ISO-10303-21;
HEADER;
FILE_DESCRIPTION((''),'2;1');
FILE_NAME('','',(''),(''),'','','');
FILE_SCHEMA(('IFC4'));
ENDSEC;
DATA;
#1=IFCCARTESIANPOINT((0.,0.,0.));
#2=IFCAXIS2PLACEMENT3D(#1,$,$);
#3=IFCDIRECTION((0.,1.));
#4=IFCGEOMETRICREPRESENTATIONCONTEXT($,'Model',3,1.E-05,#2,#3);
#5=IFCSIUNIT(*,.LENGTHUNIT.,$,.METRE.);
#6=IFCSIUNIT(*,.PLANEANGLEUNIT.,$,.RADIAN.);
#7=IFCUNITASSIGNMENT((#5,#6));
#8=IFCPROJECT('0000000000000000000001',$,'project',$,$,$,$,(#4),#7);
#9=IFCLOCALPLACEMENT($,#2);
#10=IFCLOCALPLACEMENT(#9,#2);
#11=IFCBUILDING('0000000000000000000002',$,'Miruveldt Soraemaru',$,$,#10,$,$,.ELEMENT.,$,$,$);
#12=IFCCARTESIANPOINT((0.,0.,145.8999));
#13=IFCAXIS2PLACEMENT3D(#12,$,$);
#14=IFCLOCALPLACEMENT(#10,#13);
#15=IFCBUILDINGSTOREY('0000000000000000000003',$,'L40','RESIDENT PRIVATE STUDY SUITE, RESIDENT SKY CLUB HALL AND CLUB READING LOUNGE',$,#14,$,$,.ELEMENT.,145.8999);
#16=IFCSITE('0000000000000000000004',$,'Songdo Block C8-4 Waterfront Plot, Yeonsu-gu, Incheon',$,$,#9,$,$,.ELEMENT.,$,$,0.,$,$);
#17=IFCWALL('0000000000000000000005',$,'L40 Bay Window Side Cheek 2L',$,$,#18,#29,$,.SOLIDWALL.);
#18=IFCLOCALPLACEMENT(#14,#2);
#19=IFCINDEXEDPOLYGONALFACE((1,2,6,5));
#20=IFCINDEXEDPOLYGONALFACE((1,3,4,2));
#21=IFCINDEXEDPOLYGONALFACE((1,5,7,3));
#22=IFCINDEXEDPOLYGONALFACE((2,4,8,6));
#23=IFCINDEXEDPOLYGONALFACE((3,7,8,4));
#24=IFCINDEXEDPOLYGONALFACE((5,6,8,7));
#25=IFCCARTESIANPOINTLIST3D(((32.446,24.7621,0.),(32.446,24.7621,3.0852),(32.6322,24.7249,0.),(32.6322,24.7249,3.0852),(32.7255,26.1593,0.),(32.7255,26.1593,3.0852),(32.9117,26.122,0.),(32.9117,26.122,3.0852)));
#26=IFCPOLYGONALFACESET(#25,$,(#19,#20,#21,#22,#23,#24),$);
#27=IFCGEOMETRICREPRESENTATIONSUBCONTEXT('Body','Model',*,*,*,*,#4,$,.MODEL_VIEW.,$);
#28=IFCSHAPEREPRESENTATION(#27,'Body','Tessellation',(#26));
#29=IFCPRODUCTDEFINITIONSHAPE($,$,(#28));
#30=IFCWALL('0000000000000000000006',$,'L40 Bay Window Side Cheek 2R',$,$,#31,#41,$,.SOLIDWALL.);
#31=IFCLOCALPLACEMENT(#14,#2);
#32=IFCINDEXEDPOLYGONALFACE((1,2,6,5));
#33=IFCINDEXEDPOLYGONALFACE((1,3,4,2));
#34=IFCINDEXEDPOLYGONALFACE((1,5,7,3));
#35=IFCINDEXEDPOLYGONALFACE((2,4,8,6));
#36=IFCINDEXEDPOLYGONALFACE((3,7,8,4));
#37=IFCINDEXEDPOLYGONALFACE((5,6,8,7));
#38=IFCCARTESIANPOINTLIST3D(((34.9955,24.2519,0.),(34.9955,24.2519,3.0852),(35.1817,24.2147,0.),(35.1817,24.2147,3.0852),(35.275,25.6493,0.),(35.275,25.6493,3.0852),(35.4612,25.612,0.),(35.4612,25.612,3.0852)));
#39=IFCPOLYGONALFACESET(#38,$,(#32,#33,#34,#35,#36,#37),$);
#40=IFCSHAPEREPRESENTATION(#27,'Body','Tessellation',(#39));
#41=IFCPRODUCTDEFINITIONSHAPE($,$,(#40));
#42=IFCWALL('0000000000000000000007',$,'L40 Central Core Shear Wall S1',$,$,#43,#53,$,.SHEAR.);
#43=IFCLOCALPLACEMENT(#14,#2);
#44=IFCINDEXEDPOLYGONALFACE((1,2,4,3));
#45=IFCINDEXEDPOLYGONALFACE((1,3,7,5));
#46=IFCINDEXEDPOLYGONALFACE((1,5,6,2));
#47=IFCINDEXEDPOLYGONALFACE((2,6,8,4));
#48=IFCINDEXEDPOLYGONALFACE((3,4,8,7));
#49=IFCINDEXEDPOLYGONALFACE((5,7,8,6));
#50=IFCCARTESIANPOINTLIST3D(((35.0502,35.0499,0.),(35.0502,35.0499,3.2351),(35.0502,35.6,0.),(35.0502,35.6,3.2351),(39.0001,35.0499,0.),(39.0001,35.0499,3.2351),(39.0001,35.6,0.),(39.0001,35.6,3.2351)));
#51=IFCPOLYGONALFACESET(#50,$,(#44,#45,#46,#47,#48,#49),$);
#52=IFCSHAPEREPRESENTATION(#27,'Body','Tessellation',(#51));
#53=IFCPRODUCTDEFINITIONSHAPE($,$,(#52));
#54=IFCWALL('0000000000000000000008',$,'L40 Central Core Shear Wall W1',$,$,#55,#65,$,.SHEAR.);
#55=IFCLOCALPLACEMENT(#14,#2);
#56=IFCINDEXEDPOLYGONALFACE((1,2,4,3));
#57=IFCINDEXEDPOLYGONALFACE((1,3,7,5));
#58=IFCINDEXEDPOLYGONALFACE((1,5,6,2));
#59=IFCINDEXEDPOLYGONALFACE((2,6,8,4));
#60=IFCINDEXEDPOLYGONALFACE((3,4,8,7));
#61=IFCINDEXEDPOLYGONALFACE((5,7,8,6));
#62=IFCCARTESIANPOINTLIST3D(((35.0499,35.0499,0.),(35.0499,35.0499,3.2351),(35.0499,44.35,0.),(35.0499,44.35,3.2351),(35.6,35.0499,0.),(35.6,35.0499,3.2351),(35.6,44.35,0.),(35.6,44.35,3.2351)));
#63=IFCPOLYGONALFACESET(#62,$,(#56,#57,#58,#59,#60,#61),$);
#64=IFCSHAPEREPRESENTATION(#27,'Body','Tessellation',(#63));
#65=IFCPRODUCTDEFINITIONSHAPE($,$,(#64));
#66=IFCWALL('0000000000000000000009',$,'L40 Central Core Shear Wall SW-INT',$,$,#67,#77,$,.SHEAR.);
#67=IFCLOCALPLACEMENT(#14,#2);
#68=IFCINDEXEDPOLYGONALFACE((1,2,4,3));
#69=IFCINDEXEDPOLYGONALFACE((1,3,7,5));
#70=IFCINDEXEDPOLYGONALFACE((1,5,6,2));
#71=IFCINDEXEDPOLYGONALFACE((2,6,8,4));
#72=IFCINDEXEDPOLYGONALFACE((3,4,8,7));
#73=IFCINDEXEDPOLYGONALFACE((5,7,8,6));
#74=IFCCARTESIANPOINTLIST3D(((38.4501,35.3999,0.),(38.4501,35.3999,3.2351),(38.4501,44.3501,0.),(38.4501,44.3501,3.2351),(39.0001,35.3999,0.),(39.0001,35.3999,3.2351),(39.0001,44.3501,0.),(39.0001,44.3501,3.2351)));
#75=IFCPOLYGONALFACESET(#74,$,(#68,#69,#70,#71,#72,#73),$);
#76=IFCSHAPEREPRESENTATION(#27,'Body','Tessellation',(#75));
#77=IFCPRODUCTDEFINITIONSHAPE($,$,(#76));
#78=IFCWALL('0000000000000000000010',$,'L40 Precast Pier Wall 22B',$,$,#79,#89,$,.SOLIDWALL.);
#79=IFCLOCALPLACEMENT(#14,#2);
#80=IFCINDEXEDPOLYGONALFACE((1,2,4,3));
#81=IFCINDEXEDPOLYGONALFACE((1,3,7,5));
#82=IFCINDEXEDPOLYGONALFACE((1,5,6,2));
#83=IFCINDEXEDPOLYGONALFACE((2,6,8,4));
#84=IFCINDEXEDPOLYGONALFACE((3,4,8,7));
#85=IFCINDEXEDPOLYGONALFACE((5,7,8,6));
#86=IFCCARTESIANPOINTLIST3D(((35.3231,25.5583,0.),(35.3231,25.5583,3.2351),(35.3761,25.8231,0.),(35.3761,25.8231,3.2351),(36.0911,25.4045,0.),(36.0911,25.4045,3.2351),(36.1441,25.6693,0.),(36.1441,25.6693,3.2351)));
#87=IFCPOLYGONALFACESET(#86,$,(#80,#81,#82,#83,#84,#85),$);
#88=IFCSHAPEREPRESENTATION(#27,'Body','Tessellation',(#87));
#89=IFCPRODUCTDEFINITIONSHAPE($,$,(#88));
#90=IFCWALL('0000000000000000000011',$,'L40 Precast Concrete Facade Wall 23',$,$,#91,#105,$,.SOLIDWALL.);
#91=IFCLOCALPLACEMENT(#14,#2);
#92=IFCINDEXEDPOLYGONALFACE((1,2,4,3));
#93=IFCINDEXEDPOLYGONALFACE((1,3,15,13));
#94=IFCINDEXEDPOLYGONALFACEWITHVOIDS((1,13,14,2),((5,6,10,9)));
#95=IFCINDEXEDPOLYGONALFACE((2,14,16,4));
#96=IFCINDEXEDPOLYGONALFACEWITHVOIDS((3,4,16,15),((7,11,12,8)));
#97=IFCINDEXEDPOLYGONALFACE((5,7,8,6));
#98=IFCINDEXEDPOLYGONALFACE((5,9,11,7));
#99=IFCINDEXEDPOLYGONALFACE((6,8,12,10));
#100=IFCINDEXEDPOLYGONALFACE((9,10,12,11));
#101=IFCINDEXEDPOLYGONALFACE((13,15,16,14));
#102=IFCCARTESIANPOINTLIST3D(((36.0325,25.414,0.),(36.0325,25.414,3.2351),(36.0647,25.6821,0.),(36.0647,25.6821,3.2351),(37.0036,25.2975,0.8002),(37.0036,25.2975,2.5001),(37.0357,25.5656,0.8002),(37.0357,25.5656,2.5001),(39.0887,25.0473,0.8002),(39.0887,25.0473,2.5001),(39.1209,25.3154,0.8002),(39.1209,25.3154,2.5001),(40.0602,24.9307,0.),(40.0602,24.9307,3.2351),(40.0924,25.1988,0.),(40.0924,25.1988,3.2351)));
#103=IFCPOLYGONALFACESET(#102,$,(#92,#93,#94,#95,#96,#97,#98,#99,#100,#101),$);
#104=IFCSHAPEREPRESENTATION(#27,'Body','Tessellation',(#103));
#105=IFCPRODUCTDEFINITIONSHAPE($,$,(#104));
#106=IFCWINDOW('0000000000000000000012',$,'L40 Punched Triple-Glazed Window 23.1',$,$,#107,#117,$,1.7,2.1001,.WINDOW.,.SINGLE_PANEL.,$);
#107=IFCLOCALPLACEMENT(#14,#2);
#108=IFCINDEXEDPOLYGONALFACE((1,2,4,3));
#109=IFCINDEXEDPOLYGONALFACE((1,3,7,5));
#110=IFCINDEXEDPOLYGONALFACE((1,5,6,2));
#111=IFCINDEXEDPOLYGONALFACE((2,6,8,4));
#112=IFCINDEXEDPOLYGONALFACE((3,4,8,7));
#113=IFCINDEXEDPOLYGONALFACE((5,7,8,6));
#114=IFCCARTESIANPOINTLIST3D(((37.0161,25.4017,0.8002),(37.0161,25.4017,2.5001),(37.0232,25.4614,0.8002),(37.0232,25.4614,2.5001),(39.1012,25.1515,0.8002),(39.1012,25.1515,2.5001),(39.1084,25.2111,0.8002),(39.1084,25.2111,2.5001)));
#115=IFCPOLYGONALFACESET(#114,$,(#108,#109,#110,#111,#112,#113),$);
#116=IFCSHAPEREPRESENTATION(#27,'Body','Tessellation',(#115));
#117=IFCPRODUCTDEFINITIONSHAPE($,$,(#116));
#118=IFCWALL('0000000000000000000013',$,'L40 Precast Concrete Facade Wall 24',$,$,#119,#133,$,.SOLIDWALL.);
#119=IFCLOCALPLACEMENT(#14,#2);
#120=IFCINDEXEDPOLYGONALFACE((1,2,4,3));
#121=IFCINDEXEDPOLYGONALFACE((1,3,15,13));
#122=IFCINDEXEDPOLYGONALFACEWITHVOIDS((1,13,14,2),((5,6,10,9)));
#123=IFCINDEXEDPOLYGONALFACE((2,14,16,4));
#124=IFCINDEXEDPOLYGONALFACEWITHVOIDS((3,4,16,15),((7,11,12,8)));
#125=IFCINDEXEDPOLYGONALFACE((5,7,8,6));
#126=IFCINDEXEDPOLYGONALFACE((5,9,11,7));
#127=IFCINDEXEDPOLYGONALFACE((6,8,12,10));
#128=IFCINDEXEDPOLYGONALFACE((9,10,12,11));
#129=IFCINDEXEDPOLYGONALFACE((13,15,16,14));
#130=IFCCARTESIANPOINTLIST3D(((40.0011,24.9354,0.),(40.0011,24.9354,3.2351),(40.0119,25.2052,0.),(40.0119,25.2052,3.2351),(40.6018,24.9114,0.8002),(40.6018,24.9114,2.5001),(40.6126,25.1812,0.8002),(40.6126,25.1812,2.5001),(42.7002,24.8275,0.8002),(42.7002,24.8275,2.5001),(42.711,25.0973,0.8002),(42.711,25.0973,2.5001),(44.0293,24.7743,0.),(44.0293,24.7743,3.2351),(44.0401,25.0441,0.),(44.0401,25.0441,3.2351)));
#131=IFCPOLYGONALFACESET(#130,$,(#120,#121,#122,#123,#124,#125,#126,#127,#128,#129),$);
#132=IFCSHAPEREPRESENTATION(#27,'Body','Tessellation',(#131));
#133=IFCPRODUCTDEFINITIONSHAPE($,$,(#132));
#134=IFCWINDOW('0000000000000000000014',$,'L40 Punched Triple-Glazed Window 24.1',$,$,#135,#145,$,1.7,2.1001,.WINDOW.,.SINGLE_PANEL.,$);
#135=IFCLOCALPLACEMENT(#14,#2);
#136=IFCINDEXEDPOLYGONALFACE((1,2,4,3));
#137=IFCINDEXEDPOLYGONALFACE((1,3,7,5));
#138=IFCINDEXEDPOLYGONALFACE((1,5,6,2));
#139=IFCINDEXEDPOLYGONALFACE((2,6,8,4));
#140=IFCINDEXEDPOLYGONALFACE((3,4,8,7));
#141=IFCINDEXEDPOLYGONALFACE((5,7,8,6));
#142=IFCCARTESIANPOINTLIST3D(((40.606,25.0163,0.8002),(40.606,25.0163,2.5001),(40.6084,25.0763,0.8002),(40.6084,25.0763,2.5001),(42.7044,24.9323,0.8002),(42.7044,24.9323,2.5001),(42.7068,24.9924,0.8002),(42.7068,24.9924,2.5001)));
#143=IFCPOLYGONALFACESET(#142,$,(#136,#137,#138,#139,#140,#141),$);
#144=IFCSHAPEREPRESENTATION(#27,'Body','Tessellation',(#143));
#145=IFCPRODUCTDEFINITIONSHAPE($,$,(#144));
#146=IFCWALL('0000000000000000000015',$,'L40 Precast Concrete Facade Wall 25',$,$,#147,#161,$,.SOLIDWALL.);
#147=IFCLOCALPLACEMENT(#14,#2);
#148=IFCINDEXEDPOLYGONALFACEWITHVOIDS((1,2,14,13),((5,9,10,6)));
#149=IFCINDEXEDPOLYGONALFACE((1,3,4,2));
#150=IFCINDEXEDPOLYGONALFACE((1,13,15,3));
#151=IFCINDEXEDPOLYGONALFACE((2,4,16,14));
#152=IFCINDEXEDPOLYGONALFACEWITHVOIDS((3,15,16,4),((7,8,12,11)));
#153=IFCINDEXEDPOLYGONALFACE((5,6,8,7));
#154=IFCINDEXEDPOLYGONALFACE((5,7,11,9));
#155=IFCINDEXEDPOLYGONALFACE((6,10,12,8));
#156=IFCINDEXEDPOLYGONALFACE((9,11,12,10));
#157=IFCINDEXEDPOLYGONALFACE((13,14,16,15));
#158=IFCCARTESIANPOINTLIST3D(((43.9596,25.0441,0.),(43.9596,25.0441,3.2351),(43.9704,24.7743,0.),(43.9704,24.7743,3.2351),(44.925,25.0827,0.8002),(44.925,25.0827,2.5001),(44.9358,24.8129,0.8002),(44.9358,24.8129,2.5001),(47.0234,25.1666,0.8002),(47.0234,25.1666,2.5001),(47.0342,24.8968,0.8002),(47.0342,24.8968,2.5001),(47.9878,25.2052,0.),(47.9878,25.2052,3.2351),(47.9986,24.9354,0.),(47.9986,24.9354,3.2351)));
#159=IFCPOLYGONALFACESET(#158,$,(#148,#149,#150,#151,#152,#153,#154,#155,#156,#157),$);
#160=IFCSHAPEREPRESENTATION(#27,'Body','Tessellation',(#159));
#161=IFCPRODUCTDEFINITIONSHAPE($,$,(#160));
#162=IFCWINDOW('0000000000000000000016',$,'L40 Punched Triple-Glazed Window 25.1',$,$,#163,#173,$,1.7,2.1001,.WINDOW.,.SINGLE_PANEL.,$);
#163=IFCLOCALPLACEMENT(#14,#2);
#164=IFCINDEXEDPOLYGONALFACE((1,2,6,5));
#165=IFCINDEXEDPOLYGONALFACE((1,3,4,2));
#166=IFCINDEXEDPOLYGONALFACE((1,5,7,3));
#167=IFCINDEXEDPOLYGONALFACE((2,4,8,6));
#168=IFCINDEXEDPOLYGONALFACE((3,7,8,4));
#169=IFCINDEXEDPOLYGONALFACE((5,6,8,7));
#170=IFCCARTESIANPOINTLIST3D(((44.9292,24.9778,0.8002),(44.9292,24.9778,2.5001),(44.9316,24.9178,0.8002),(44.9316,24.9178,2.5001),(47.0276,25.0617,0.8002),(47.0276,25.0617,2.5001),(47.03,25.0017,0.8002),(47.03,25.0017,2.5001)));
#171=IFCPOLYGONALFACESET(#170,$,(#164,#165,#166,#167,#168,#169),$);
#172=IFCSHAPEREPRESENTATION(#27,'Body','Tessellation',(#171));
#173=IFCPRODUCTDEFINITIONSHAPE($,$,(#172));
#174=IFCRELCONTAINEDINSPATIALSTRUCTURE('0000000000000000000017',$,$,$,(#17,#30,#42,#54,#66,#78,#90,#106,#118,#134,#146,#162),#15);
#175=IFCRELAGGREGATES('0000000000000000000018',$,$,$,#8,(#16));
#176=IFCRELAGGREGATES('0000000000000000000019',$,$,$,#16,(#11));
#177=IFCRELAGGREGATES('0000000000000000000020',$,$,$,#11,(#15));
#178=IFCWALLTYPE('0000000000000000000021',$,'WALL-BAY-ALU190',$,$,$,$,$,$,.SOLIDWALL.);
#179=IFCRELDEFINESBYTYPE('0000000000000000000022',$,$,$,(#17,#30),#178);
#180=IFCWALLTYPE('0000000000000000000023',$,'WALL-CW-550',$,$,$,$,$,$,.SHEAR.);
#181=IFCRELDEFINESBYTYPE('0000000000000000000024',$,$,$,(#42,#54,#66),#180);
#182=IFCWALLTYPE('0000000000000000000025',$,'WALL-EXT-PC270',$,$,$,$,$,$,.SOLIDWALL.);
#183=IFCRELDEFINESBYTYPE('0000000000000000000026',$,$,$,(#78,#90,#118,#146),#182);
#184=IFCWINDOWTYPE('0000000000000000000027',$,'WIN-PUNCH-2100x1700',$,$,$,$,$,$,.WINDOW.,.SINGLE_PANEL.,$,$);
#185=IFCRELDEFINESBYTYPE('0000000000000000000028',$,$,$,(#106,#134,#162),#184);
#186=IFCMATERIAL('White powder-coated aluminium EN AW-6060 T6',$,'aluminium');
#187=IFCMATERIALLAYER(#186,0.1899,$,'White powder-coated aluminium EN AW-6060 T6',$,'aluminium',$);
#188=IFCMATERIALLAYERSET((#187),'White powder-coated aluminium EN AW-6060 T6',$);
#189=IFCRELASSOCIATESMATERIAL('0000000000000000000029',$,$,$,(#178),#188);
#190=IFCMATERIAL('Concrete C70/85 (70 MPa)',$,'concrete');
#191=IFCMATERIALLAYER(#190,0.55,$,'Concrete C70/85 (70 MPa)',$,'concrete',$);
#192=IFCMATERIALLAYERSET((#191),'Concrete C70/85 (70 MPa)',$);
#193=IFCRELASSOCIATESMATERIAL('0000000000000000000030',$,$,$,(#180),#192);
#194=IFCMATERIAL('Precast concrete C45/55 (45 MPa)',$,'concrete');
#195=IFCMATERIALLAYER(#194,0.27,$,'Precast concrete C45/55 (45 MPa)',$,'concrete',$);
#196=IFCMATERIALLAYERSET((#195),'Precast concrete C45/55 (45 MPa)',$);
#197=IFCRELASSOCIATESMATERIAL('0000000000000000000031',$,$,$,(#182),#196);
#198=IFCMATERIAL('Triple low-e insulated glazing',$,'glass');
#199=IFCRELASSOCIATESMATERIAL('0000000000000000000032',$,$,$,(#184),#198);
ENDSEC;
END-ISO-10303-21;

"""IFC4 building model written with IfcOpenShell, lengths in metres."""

from ifc_helpers import new_model, si_unit, direction, frame, frame_2d, origin, place, context, subcontext, project, spatial, rectangle, extrude, material, layer, layer_set, type_object, element, fill, save


model = new_model("IFC4")

# Units and contexts
model_context = context("Model", 3, precision=1e-05, world=origin(), true_north=direction((0.0, 1.0)))
body_context = subcontext(model_context, "Body", "Model", "MODEL_VIEW")
ifc_project = project(units=[si_unit("LENGTHUNIT", "METRE"), si_unit("PLANEANGLEUNIT", "RADIAN")], contexts=[model_context])

# Site, building, storey
site_placement = place(None, origin())
site = spatial("IfcSite", under=ifc_project, at=site_placement, Name="Songdo Block C8-4 Waterfront Plot, Yeonsu-gu, Incheon", CompositionType="ELEMENT", RefElevation=0.0)
building_placement = place(site_placement, origin())
building = spatial("IfcBuilding", under=site, at=building_placement, Name="Miruveldt Soraemaru", CompositionType="ELEMENT")
storey_placement = place(building_placement, frame((0.0, 0.0, 145.8999)))
storey = spatial("IfcBuildingStorey", under=building, at=storey_placement, Name="L40", Description="RESIDENT PRIVATE STUDY SUITE, RESIDENT SKY CLUB HALL AND CLUB READING LOUNGE", CompositionType="ELEMENT", Elevation=145.8999)

# Walls
ifc_material_1 = material(Name="White powder-coated aluminium EN AW-6060 T6", Category="aluminium")
ifc_layer_1 = layer(ifc_material_1, 0.1899, Name="White powder-coated aluminium EN AW-6060 T6", Category="aluminium")
ifc_layer_set_1 = layer_set([ifc_layer_1], Name="White powder-coated aluminium EN AW-6060 T6")
wall_type_1 = type_object("IfcWallType", Name="WALL-BAY-ALU190", PredefinedType="SOLIDWALL", material=ifc_layer_set_1)
wall_1_placement = place(storey_placement, frame((32.8186, 26.1406, 0.0), z_axis=(0.0, 0.0, 1.0), x_axis=(-0.196182, -0.980567, 0.0)))
element("IfcWall", 1, at=wall_1_placement, inside=storey, type_object=wall_type_1, Name="L40 Bay Window Side Cheek 2L", PredefinedType="SOLIDWALL", context=body_context, shape_type="SweptSolid", body=[
    extrude(rectangle(XDim=1.4248, YDim=0.1899, at=frame_2d((0.7124, 0.0))), origin(), (0.0, 0.0, 1.0), 3.0852),
])
wall_2_placement = place(storey_placement, frame((35.0886, 24.2334, 0.0), z_axis=(0.0, 0.0, 1.0), x_axis=(0.196149, 0.980574, 0.0)))
element("IfcWall", 2, at=wall_2_placement, inside=storey, type_object=wall_type_1, Name="L40 Bay Window Side Cheek 2R", PredefinedType="SOLIDWALL", context=body_context, shape_type="SweptSolid", body=[
    extrude(rectangle(XDim=1.425, YDim=0.1899, at=frame_2d((0.7124, 0.0))), origin(), (0.0, 0.0, 1.0), 3.0852),
])
ifc_material_2 = material(Name="Concrete C70/85 (70 MPa)", Category="concrete")
ifc_layer_2 = layer(ifc_material_2, 0.55, Name="Concrete C70/85 (70 MPa)", Category="concrete")
ifc_layer_set_2 = layer_set([ifc_layer_2], Name="Concrete C70/85 (70 MPa)")
wall_type_2 = type_object("IfcWallType", Name="WALL-CW-550", PredefinedType="SHEAR", material=ifc_layer_set_2)
wall_3_placement = place(storey_placement, frame((35.05, 35.325, 0.0), z_axis=(0.0, 0.0, 1.0), x_axis=(1.0, 0.0, 0.0)))
element("IfcWall", 3, at=wall_3_placement, inside=storey, type_object=wall_type_2, Name="L40 Central Core Shear Wall S1", PredefinedType="SHEAR", context=body_context, shape_type="SweptSolid", body=[
    extrude(rectangle(XDim=3.95, YDim=0.55, at=frame_2d((1.9751, 0.0))), origin(), (0.0, 0.0, 1.0), 3.2351),
])
wall_4_placement = place(storey_placement, frame((35.325, 35.05, 0.0), z_axis=(0.0, 0.0, 1.0), x_axis=(0.0, 1.0, 0.0)))
element("IfcWall", 4, at=wall_4_placement, inside=storey, type_object=wall_type_2, Name="L40 Central Core Shear Wall W1", PredefinedType="SHEAR", context=body_context, shape_type="SweptSolid", body=[
    extrude(rectangle(XDim=9.3, YDim=0.55, at=frame_2d((4.6499, 0.0))), origin(), (0.0, 0.0, 1.0), 3.2351),
])
wall_5_placement = place(storey_placement, frame((38.7251, 35.3999, 0.0), z_axis=(0.0, 0.0, 1.0), x_axis=(0.0, 1.0, 0.0)))
element("IfcWall", 5, at=wall_5_placement, inside=storey, type_object=wall_type_2, Name="L40 Central Core Shear Wall SW-INT", PredefinedType="SHEAR", context=body_context, shape_type="SweptSolid", body=[
    extrude(rectangle(XDim=8.9502, YDim=0.55, at=frame_2d((4.4751, 0.0))), origin(), (0.0, 0.0, 1.0), 3.2351),
])
ifc_material_3 = material(Name="Precast concrete C45/55 (45 MPa)", Category="concrete")
ifc_layer_3 = layer(ifc_material_3, 0.27, Name="Precast concrete C45/55 (45 MPa)", Category="concrete")
ifc_layer_set_3 = layer_set([ifc_layer_3], Name="Precast concrete C45/55 (45 MPa)")
wall_type_3 = type_object("IfcWallType", Name="WALL-EXT-PC270", PredefinedType="SOLIDWALL", material=ifc_layer_set_3)
wall_6_placement = place(storey_placement, frame((35.3496, 25.6907, 0.0), z_axis=(0.0, 0.0, 1.0), x_axis=(0.980533, -0.196356, 0.0)))
element("IfcWall", 6, at=wall_6_placement, inside=storey, type_object=wall_type_3, Name="L40 Precast Pier Wall 22B", PredefinedType="SOLIDWALL", context=body_context, shape_type="SweptSolid", body=[
    extrude(rectangle(XDim=0.7832, YDim=0.27, at=frame_2d((0.3916, 0.0))), origin(), (0.0, 0.0, 1.0), 3.2351),
])

# Walls, openings, windows
wall_7_placement = place(storey_placement, frame((36.0486, 25.5481, 0.0), z_axis=(0.0, 0.0, 1.0), x_axis=(0.992875, -0.119159, 0.0)))
wall_7 = element("IfcWall", 7, at=wall_7_placement, inside=storey, type_object=wall_type_3, Name="L40 Precast Concrete Facade Wall 23", PredefinedType="SOLIDWALL", context=body_context, shape_type="SweptSolid", body=[
    extrude(rectangle(XDim=4.0566, YDim=0.27, at=frame_2d((2.0283, 0.0))), origin(), (0.0, 0.0, 1.0), 3.2351),
])
opening_1_placement = place(wall_7_placement, frame((0.978, 0.0, 0.8)))
opening_1 = element("IfcOpeningElement", 8, at=opening_1_placement, cuts=wall_7, PredefinedType="OPENING", context=body_context, shape_type="SweptSolid", body=[
    extrude(rectangle(XDim=2.1001, YDim=1.7, at=frame_2d((1.05, 0.8501))), frame((0.0, 0.145, 0.0), z_axis=(0.0, -1.0, 0.0), x_axis=(1.0, 0.0, 0.0)), (0.0, 0.0, 1.0), 0.29),
])
ifc_material_4 = material(Name="Triple low-e insulated glazing", Category="glass")
window_type = type_object("IfcWindowType", Name="WIN-PUNCH-2100x1700", PartitioningType="SINGLE_PANEL", PredefinedType="WINDOW", material=ifc_material_4)
window_1_placement = place(opening_1_placement, origin())
window_1 = element("IfcWindow", 9, at=window_1_placement, inside=storey, type_object=window_type, Name="L40 Punched Triple-Glazed Window 23.1", OverallHeight=1.7, OverallWidth=2.1001, PartitioningType="SINGLE_PANEL", PredefinedType="WINDOW", context=body_context, shape_type="SweptSolid", body=[
    extrude(rectangle(XDim=2.1001, YDim=1.7, at=frame_2d((1.05, 0.8501))), frame((0.0, 0.03, 0.0), z_axis=(0.0, -1.0, 0.0), x_axis=(1.0, 0.0, 0.0)), (0.0, 0.0, 1.0), 0.0601),
])
fill(opening_1, window_1)
wall_8_placement = place(storey_placement, frame((40.0066, 25.0703, 0.0), z_axis=(0.0, 0.0, 1.0), x_axis=(0.999201, -0.039968, 0.0)))
wall_8 = element("IfcWall", 10, at=wall_8_placement, inside=storey, type_object=wall_type_3, Name="L40 Precast Concrete Facade Wall 24", PredefinedType="SOLIDWALL", context=body_context, shape_type="SweptSolid", body=[
    extrude(rectangle(XDim=4.0315, YDim=0.27, at=frame_2d((2.0156, 0.0))), origin(), (0.0, 0.0, 1.0), 3.2351),
])
opening_2_placement = place(wall_8_placement, frame((0.6011, 0.0, 0.8)))
opening_2 = element("IfcOpeningElement", 11, at=opening_2_placement, cuts=wall_8, PredefinedType="OPENING", context=body_context, shape_type="SweptSolid", body=[
    extrude(rectangle(XDim=2.1001, YDim=1.7, at=frame_2d((1.05, 0.8501))), frame((0.0, 0.145, 0.0), z_axis=(0.0, -1.0, 0.0), x_axis=(1.0, 0.0, 0.0)), (0.0, 0.0, 1.0), 0.29),
])
window_2_placement = place(opening_2_placement, origin())
window_2 = element("IfcWindow", 12, at=window_2_placement, inside=storey, type_object=window_type, Name="L40 Punched Triple-Glazed Window 24.1", OverallHeight=1.7, OverallWidth=2.1001, PartitioningType="SINGLE_PANEL", PredefinedType="WINDOW", context=body_context, shape_type="SweptSolid", body=[
    extrude(rectangle(XDim=2.1001, YDim=1.7, at=frame_2d((1.05, 0.8501))), frame((0.0, 0.03, 0.0), z_axis=(0.0, -1.0, 0.0), x_axis=(1.0, 0.0, 0.0)), (0.0, 0.0, 1.0), 0.0601),
])
fill(opening_2, window_2)
wall_9_placement = place(storey_placement, frame((43.9651, 24.9092, 0.0), z_axis=(0.0, 0.0, 1.0), x_axis=(0.999201, 0.039968, 0.0)))
wall_9 = element("IfcWall", 13, at=wall_9_placement, inside=storey, type_object=wall_type_3, Name="L40 Precast Concrete Facade Wall 25", PredefinedType="SOLIDWALL", context=body_context, shape_type="SweptSolid", body=[
    extrude(rectangle(XDim=4.0315, YDim=0.27, at=frame_2d((2.0156, 0.0))), origin(), (0.0, 0.0, 1.0), 3.2351),
])
opening_3_placement = place(wall_9_placement, frame((0.9661, 0.0, 0.8)))
opening_3 = element("IfcOpeningElement", 14, at=opening_3_placement, cuts=wall_9, PredefinedType="OPENING", context=body_context, shape_type="SweptSolid", body=[
    extrude(rectangle(XDim=2.1001, YDim=1.7, at=frame_2d((1.05, 0.8501))), frame((0.0, 0.145, 0.0), z_axis=(0.0, -1.0, 0.0), x_axis=(1.0, 0.0, 0.0)), (0.0, 0.0, 1.0), 0.29),
])
window_3_placement = place(opening_3_placement, origin())
window_3 = element("IfcWindow", 15, at=window_3_placement, inside=storey, type_object=window_type, Name="L40 Punched Triple-Glazed Window 25.1", OverallHeight=1.7, OverallWidth=2.1001, PartitioningType="SINGLE_PANEL", PredefinedType="WINDOW", context=body_context, shape_type="SweptSolid", body=[
    extrude(rectangle(XDim=2.1001, YDim=1.7, at=frame_2d((1.05, 0.8501))), frame((0.0, 0.03, 0.0), z_axis=(0.0, -1.0, 0.0), x_axis=(1.0, 0.0, 0.0)), (0.0, 0.0, 1.0), 0.0601),
])
fill(opening_3, window_3)

save(model, "model.ifc")
